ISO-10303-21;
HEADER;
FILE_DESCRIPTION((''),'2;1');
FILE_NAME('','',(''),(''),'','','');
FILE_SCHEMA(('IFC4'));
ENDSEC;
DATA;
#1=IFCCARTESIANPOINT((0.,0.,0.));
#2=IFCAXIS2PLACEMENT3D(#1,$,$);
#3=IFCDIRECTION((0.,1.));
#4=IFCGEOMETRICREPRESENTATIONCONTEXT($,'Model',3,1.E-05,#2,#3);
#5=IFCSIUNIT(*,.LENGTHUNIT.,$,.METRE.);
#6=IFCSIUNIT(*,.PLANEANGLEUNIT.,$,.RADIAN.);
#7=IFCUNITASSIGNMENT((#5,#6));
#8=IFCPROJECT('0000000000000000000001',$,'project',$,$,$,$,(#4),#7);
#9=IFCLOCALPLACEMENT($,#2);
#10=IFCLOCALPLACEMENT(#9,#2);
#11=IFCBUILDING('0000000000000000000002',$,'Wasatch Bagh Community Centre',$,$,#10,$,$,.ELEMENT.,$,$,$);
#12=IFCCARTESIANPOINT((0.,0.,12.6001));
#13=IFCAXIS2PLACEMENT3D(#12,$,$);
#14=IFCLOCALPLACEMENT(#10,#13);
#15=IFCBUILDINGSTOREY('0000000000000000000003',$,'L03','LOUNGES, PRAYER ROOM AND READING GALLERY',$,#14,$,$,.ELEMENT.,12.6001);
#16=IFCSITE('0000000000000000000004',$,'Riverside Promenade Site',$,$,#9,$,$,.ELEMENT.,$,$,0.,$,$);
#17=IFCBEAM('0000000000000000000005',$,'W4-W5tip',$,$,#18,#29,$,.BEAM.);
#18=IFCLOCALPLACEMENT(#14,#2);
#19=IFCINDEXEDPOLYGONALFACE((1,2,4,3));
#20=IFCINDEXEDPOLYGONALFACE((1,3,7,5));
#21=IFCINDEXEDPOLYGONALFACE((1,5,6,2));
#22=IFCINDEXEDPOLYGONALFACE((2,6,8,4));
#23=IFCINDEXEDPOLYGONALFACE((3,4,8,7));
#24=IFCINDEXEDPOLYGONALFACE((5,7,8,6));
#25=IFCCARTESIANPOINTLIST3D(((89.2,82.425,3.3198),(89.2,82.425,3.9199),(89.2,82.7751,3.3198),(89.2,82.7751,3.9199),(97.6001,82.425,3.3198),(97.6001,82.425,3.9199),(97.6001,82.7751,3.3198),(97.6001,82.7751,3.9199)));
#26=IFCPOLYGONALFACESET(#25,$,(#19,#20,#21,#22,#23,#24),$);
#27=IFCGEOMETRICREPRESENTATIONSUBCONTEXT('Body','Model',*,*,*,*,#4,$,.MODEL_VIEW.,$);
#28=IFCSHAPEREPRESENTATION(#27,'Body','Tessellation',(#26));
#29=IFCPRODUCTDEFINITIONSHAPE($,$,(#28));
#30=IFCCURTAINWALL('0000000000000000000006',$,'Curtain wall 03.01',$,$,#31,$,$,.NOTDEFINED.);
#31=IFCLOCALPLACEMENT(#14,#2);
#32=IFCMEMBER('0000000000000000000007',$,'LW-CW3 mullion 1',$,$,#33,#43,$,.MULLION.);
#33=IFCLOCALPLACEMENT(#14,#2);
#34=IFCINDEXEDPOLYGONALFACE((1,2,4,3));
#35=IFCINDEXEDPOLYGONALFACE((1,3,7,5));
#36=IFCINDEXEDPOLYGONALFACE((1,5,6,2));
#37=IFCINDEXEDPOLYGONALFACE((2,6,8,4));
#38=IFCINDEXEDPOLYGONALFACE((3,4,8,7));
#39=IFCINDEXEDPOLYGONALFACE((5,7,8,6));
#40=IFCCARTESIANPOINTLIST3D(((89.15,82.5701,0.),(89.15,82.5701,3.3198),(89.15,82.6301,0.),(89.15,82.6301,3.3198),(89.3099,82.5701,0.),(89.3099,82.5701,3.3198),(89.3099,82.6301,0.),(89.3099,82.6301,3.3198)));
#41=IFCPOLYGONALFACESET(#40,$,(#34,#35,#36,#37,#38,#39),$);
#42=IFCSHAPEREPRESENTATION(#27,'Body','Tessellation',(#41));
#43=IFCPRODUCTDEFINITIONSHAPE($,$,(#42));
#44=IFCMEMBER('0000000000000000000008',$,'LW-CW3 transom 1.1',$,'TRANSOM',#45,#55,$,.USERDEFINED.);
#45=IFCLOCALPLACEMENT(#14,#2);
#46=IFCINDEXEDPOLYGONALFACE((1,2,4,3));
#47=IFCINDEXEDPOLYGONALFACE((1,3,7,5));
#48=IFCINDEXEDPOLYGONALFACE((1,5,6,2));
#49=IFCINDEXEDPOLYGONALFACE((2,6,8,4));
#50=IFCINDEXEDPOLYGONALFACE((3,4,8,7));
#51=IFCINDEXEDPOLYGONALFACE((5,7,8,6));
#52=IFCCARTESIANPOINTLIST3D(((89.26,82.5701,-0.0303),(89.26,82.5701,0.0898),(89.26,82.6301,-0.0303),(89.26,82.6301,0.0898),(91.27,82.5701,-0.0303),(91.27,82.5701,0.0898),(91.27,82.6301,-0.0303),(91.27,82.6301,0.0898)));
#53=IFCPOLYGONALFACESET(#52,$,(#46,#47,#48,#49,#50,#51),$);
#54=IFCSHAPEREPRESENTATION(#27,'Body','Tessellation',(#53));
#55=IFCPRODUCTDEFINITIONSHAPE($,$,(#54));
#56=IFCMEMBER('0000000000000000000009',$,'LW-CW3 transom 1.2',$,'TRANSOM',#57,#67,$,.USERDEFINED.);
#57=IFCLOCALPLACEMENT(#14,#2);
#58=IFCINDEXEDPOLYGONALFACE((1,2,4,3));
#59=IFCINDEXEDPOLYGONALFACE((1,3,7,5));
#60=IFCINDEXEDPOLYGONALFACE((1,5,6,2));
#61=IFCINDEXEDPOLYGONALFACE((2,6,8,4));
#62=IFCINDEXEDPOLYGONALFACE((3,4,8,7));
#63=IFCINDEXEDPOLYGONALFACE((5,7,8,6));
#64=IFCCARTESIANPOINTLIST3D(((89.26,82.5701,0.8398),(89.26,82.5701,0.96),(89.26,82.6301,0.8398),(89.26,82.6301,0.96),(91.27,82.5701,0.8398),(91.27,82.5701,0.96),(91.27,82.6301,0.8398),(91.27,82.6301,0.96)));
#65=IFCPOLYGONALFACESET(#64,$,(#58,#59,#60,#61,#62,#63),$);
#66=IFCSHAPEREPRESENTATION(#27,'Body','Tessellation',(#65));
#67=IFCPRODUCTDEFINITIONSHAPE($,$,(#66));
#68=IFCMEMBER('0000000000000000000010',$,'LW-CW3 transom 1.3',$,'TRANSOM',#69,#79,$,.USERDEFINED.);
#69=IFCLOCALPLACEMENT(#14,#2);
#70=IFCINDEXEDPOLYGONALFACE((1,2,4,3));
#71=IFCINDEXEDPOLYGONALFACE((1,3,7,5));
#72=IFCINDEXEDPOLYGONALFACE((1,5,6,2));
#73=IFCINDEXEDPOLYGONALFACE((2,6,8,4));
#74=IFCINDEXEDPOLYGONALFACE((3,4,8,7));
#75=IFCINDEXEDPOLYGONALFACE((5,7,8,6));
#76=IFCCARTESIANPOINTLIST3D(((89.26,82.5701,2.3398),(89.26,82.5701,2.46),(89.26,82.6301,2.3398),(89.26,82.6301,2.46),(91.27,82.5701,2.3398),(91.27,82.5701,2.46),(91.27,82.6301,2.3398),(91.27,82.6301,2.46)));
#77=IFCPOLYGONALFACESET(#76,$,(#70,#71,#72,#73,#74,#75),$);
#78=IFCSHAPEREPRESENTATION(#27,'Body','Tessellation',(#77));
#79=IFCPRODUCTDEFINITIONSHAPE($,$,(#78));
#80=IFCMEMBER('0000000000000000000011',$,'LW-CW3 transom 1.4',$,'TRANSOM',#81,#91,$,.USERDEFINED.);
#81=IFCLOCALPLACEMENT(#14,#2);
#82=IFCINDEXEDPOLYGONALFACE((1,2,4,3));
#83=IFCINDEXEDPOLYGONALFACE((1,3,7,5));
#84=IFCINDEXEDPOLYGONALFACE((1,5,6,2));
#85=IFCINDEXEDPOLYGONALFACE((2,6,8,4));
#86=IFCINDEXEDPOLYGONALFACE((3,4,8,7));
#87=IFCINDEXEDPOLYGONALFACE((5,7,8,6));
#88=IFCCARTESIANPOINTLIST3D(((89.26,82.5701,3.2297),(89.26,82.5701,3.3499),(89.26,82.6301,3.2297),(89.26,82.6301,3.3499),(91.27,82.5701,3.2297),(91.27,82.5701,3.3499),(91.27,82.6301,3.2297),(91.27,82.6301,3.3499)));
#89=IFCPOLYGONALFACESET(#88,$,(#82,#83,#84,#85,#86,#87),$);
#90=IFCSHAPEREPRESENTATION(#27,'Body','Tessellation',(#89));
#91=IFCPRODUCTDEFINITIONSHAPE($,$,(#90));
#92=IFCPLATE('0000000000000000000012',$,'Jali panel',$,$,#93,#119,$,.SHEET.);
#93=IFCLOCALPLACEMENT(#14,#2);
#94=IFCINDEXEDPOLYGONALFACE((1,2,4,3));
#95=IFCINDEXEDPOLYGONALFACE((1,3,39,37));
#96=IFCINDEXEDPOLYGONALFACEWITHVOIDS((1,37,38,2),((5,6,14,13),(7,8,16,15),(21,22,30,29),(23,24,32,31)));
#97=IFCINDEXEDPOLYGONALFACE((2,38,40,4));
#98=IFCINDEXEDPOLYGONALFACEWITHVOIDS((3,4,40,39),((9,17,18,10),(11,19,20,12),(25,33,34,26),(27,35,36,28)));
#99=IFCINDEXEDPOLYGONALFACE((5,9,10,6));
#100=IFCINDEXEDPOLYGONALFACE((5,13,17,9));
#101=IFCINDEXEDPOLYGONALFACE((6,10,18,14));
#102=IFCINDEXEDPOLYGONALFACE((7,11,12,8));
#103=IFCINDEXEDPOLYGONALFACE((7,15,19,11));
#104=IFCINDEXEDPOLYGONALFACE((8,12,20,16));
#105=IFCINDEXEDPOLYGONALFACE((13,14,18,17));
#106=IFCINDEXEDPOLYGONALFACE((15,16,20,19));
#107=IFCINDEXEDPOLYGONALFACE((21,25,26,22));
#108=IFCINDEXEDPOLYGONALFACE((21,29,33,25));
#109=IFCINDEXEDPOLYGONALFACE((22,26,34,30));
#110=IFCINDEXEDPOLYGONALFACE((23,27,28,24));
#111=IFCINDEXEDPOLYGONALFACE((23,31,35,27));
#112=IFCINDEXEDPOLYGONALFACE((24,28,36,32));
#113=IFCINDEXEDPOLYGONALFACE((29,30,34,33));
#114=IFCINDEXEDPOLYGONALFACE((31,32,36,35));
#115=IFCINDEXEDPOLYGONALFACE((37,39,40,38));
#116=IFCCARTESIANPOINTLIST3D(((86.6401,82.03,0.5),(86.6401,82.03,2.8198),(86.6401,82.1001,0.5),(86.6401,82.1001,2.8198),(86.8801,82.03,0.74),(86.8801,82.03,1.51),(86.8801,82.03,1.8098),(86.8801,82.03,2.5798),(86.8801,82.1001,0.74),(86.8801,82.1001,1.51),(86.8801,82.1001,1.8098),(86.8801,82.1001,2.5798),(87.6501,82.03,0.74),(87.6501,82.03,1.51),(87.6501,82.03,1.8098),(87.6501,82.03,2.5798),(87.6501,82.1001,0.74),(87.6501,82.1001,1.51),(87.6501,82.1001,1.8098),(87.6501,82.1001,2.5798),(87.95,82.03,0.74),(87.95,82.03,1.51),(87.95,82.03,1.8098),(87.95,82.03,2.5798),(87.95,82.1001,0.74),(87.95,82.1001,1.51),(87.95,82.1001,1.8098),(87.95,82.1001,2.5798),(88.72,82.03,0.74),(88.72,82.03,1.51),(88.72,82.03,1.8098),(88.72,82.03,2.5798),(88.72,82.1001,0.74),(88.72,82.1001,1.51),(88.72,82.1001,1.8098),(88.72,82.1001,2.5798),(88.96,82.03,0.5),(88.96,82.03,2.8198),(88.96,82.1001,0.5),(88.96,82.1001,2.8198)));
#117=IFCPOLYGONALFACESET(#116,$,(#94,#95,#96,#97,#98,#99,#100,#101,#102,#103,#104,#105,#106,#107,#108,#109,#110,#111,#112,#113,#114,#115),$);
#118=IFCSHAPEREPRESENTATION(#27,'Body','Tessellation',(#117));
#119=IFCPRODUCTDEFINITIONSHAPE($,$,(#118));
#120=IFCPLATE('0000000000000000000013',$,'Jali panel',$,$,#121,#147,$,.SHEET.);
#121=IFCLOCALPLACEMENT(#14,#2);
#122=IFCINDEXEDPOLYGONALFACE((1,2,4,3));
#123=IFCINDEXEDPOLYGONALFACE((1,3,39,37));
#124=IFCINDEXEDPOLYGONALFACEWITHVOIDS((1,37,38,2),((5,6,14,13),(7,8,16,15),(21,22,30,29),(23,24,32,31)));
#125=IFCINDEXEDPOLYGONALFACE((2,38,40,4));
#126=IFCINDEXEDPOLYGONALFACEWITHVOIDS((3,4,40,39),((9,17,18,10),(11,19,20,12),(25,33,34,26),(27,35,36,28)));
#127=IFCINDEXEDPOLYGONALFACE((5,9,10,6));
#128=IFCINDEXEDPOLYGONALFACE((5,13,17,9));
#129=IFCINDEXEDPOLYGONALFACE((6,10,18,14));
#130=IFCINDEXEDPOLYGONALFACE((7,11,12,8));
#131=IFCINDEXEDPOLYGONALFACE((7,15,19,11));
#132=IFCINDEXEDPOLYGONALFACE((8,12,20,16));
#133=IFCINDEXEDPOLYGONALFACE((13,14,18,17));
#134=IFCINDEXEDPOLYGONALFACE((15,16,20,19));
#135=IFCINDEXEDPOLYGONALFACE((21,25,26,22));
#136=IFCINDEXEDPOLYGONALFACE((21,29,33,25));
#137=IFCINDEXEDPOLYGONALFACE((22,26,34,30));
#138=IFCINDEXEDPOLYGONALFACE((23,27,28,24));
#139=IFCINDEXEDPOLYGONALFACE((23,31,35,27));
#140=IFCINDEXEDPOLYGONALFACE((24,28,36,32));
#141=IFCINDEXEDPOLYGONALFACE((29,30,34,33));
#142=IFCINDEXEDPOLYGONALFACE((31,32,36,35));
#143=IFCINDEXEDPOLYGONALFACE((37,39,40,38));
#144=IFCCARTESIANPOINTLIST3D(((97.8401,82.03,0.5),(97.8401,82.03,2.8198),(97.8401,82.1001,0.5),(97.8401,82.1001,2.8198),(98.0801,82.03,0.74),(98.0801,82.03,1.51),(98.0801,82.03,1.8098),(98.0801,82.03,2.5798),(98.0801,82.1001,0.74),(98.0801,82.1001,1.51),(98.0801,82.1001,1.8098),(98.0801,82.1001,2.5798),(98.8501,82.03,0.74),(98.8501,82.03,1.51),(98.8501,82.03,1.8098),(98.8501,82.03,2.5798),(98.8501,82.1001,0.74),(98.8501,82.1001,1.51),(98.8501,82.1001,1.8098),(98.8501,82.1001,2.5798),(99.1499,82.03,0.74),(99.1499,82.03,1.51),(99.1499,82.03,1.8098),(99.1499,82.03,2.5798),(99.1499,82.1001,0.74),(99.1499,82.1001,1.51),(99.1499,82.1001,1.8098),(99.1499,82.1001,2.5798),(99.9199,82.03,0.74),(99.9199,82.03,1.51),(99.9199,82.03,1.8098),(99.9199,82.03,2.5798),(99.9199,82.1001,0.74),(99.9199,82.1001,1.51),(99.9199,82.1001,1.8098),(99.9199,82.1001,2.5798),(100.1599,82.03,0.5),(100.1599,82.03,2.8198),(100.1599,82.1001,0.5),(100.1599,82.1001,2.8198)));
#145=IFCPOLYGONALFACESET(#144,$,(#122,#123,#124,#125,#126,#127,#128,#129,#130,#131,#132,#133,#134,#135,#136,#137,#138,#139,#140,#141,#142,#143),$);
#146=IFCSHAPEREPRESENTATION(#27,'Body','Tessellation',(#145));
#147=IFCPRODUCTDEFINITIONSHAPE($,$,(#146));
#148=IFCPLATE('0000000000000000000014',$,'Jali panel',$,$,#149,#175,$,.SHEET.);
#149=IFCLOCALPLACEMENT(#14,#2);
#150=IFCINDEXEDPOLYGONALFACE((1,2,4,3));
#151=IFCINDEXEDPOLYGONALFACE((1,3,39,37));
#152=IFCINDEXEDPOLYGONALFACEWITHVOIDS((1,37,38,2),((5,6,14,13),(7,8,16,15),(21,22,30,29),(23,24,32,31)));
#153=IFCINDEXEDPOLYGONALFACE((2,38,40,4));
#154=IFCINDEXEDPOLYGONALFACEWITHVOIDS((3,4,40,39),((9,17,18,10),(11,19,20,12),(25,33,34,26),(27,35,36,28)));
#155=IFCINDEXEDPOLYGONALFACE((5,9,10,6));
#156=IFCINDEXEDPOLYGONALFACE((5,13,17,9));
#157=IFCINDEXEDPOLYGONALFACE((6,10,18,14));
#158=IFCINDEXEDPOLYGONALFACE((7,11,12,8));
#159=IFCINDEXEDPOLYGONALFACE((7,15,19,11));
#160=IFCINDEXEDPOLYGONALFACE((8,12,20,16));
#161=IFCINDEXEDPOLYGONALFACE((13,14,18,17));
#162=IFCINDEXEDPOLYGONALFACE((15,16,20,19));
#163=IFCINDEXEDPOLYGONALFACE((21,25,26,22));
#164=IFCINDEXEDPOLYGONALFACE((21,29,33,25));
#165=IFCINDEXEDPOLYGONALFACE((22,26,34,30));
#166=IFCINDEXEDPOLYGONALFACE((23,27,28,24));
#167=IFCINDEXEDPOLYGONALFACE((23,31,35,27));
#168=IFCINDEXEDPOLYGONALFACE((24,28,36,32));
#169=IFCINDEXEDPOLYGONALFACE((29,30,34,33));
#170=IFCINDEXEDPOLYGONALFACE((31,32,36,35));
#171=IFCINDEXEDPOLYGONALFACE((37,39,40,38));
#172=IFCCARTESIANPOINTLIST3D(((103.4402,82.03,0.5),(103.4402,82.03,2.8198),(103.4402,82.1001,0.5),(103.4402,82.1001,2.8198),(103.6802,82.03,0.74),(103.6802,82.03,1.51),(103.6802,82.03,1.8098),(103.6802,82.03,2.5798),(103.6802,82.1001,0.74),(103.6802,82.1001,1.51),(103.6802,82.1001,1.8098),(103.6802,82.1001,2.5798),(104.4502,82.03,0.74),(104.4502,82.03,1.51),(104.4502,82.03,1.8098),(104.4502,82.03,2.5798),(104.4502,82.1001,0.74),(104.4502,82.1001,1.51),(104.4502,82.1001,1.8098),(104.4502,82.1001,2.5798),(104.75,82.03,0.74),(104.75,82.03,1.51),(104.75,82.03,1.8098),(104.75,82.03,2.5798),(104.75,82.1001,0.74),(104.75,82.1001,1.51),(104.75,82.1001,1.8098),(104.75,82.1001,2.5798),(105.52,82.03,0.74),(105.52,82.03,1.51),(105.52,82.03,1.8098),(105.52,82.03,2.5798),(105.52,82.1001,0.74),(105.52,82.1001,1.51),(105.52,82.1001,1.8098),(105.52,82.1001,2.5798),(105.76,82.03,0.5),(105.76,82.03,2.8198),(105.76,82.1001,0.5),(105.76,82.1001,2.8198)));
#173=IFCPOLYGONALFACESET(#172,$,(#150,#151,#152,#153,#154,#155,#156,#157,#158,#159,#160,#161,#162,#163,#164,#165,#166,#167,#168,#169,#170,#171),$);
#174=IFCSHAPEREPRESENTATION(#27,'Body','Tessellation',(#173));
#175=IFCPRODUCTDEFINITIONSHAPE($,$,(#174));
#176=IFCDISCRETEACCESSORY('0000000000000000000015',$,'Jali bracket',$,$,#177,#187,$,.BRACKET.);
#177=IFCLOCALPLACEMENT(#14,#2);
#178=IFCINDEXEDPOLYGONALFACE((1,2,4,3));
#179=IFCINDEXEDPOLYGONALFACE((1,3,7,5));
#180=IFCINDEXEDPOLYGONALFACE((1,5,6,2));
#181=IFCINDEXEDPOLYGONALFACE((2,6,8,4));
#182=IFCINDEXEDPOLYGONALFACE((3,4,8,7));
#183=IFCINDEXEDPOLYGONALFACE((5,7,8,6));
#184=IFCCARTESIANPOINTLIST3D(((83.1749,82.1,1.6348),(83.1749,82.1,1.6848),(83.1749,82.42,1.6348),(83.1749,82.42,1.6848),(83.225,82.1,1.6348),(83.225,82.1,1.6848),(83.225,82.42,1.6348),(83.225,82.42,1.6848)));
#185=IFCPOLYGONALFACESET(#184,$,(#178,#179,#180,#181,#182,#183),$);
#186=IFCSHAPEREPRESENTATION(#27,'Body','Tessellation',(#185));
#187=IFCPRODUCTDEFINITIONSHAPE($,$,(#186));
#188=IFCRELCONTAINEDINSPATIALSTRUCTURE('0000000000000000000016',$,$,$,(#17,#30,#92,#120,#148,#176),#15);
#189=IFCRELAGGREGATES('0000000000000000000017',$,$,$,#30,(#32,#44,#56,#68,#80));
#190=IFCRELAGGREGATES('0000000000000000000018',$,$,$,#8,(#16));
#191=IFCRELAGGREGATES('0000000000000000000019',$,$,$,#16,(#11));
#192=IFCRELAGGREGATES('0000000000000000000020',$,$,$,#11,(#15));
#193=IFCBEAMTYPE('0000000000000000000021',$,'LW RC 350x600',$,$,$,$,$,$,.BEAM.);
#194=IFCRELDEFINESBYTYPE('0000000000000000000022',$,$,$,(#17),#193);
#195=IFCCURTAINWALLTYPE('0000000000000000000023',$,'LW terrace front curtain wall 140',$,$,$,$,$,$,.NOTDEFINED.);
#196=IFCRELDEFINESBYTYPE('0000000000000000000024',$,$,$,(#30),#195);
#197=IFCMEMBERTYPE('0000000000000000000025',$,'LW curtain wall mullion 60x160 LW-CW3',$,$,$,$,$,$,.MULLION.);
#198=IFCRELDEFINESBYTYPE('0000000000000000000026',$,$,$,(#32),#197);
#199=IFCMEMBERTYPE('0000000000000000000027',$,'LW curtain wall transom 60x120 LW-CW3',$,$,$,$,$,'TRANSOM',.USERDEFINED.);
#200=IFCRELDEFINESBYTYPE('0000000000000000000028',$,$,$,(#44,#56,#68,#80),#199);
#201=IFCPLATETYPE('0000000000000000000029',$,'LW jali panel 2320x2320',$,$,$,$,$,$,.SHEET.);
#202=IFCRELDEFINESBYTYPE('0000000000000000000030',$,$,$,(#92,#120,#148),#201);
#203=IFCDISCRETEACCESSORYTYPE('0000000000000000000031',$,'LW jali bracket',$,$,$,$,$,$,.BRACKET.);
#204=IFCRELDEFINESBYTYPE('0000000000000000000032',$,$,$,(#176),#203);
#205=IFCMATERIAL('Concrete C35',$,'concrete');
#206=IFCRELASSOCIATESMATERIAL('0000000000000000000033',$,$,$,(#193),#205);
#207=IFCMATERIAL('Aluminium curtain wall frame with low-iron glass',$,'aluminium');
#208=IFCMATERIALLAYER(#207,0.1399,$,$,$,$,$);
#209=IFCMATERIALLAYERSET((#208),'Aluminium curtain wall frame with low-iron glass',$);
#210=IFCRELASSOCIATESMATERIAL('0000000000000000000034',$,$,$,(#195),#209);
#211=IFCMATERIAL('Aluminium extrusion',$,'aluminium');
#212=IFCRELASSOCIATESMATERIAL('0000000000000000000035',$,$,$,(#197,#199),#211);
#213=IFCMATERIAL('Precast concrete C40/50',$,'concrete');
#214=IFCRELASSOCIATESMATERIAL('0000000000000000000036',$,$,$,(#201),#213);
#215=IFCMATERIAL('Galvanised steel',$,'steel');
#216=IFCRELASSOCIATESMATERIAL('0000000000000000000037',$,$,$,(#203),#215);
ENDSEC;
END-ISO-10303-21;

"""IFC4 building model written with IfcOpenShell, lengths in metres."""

from ifc_helpers import new_model, si_unit, direction, frame, origin, origin_2d, place, context, subcontext, project, spatial, polyline, rectangle, outline, extrude, material, layer, layer_set, material_profile, profile_set, type_object, element, aggregate, save


model = new_model("IFC4")

# Units and contexts
model_context = context("Model", 3, precision=1e-05, world=origin(), true_north=direction((0.0, 1.0)))
body_context = subcontext(model_context, "Body", "Model", "MODEL_VIEW")
ifc_project = project(units=[si_unit("LENGTHUNIT", "METRE"), si_unit("PLANEANGLEUNIT", "RADIAN")], contexts=[model_context])

# Site, building, storey
site_placement = place(None, origin())
site = spatial("IfcSite", under=ifc_project, at=site_placement, Name="Riverside Promenade Site", CompositionType="ELEMENT", RefElevation=0.0)
building_placement = place(site_placement, origin())
building = spatial("IfcBuilding", under=site, at=building_placement, Name="Wasatch Bagh Community Centre", CompositionType="ELEMENT")
storey_placement = place(building_placement, frame((0.0, 0.0, 12.6001)))
storey = spatial("IfcBuildingStorey", under=building, at=storey_placement, Name="L03", Description="LOUNGES, PRAYER ROOM AND READING GALLERY", CompositionType="ELEMENT", Elevation=12.6001)

# Beam
ifc_material_1 = material(Name="Concrete C35", Category="concrete")
ifc_material_profile_1 = material_profile(ifc_material_1, rectangle(XDim=0.3501, YDim=0.6001, at=origin_2d()), Name="RC 350x600")
ifc_profile_set_1 = profile_set([ifc_material_profile_1], Name="Concrete C35")
beam_type = type_object("IfcBeamType", Name="LW RC 350x600", PredefinedType="BEAM", material=ifc_profile_set_1)
beam_placement = place(storey_placement, frame((89.2, 82.6001, 3.6199), z_axis=(1.0, 0.0, 0.0), x_axis=(0.0, 1.0, 0.0)))
element("IfcBeam", 1, at=beam_placement, inside=storey, type_object=beam_type, Name="W4-W5tip", PredefinedType="BEAM", context=body_context, shape_type="SweptSolid", body=[
    extrude(rectangle(XDim=0.3501, YDim=0.6001, at=origin_2d()), origin(), (0.0, 0.0, 1.0), 8.4001),
])

# Curtain wall, members
ifc_material_2 = material(Name="Aluminium curtain wall frame with low-iron glass", Category="aluminium")
ifc_layer = layer(ifc_material_2, 0.1399)
ifc_layer_set = layer_set([ifc_layer], Name="Aluminium curtain wall frame with low-iron glass")
curtain_wall_type = type_object("IfcCurtainWallType", Name="LW terrace front curtain wall 140", PredefinedType="NOTDEFINED", material=ifc_layer_set)
curtain_wall_placement = place(storey_placement, origin())
curtain_wall = element("IfcCurtainWall", 2, at=curtain_wall_placement, inside=storey, type_object=curtain_wall_type, Name="Curtain wall 03.01", PredefinedType="NOTDEFINED")
ifc_material_3 = material(Name="Aluminium extrusion", Category="aluminium")
ifc_material_profile_2 = material_profile(ifc_material_3, rectangle(XDim=0.0601, YDim=0.1599, at=origin_2d()), Name="AL 60x160")
ifc_profile_set_2 = profile_set([ifc_material_profile_2], Name="Aluminium extrusion")
member_type_1 = type_object("IfcMemberType", Name="LW curtain wall mullion 60x160 LW-CW3", PredefinedType="MULLION", material=ifc_profile_set_2)
member_1_placement = place(storey_placement, frame((89.23, 82.6001, 0.0), z_axis=(0.0, 0.0, 1.0), x_axis=(0.0, 1.0, 0.0)))
member_1 = element("IfcMember", 3, at=member_1_placement, type_object=member_type_1, Name="LW-CW3 mullion 1", PredefinedType="MULLION", context=body_context, shape_type="SweptSolid", body=[
    extrude(rectangle(XDim=0.0601, YDim=0.1599, at=origin_2d()), origin(), (0.0, 0.0, 1.0), 3.3198),
])
ifc_material_profile_3 = material_profile(ifc_material_3, rectangle(XDim=0.0601, YDim=0.1201, at=origin_2d()), Name="AL 60x120")
ifc_profile_set_3 = profile_set([ifc_material_profile_3], Name="Aluminium extrusion")
member_type_2 = type_object("IfcMemberType", Name="LW curtain wall transom 60x120 LW-CW3", ElementType="TRANSOM", PredefinedType="USERDEFINED", material=ifc_profile_set_3)
member_2_placement = place(storey_placement, frame((89.26, 82.6001, 0.0298), z_axis=(1.0, 0.0, 0.0), x_axis=(0.0, 1.0, 0.0)))
member_2 = element("IfcMember", 4, at=member_2_placement, type_object=member_type_2, Name="LW-CW3 transom 1.1", ObjectType="TRANSOM", PredefinedType="USERDEFINED", context=body_context, shape_type="SweptSolid", body=[
    extrude(rectangle(XDim=0.0601, YDim=0.1201, at=origin_2d()), origin(), (0.0, 0.0, 1.0), 2.01),
])
member_3_placement = place(storey_placement, frame((89.26, 82.6001, 0.8999), z_axis=(1.0, 0.0, 0.0), x_axis=(0.0, 1.0, 0.0)))
member_3 = element("IfcMember", 5, at=member_3_placement, type_object=member_type_2, Name="LW-CW3 transom 1.2", ObjectType="TRANSOM", PredefinedType="USERDEFINED", context=body_context, shape_type="SweptSolid", body=[
    extrude(rectangle(XDim=0.0601, YDim=0.1201, at=origin_2d()), origin(), (0.0, 0.0, 1.0), 2.01),
])
member_4_placement = place(storey_placement, frame((89.26, 82.6001, 2.3999), z_axis=(1.0, 0.0, 0.0), x_axis=(0.0, 1.0, 0.0)))
member_4 = element("IfcMember", 6, at=member_4_placement, type_object=member_type_2, Name="LW-CW3 transom 1.3", ObjectType="TRANSOM", PredefinedType="USERDEFINED", context=body_context, shape_type="SweptSolid", body=[
    extrude(rectangle(XDim=0.0601, YDim=0.1201, at=origin_2d()), origin(), (0.0, 0.0, 1.0), 2.01),
])
member_5_placement = place(storey_placement, frame((89.26, 82.6001, 3.2898), z_axis=(1.0, 0.0, 0.0), x_axis=(0.0, 1.0, 0.0)))
member_5 = element("IfcMember", 7, at=member_5_placement, type_object=member_type_2, Name="LW-CW3 transom 1.4", ObjectType="TRANSOM", PredefinedType="USERDEFINED", context=body_context, shape_type="SweptSolid", body=[
    extrude(rectangle(XDim=0.0601, YDim=0.1201, at=origin_2d()), origin(), (0.0, 0.0, 1.0), 2.01),
])
aggregate(curtain_wall, [member_1, member_2, member_3, member_4, member_5])

# Plates
ifc_material_4 = material(Name="Precast concrete C40/50", Category="concrete")
ifc_material_profile_4 = material_profile(ifc_material_4, outline(polyline([(-1.1599, -1.1599), (1.1599, -1.1599), (1.1599, 1.1599), (-1.1599, 1.1599), (-1.1599, -1.1599)]), holes=[polyline([(-0.9199, -0.9199), (-0.1499, -0.9199), (-0.1499, -0.1499), (-0.9199, -0.1499), (-0.9199, -0.9199)]), polyline([(-0.9199, 0.1499), (-0.1499, 0.1499), (-0.1499, 0.9199), (-0.9199, 0.9199), (-0.9199, 0.1499)]), polyline([(0.1499, -0.9199), (0.9199, -0.9199), (0.9199, -0.1499), (0.1499, -0.1499), (0.1499, -0.9199)]), polyline([(0.1499, 0.1499), (0.9199, 0.1499), (0.9199, 0.9199), (0.1499, 0.9199), (0.1499, 0.1499)])]), Name="Jali lattice")
ifc_profile_set_4 = profile_set([ifc_material_profile_4], Name="Precast concrete C40/50")
plate_type = type_object("IfcPlateType", Name="LW jali panel 2320x2320", PredefinedType="SHEET", material=ifc_profile_set_4)
for number, where, z_axis, x_axis, name in (
    (8, (87.8, 82.1001, 1.6599), (0.0, -1.0, 0.0), (1.0, 0.0, 0.0), "Jali panel"),
    (9, (99.0, 82.1001, 1.6599), (0.0, -1.0, 0.0), (1.0, 0.0, 0.0), "Jali panel"),
    (10, (104.6001, 82.1001, 1.6599), (0.0, -1.0, 0.0), (1.0, 0.0, 0.0), "Jali panel"),
):
    element("IfcPlate", number, at=place(storey_placement, frame(where, z_axis=z_axis, x_axis=x_axis)), inside=storey, type_object=plate_type, Name=name, PredefinedType="SHEET", context=body_context, shape_type="SweptSolid", body=[
        extrude(outline(polyline([(-1.1599, -1.1599), (1.1599, -1.1599), (1.1599, 1.1599), (-1.1599, 1.1599), (-1.1599, -1.1599)]), holes=[polyline([(-0.9199, -0.9199), (-0.1499, -0.9199), (-0.1499, -0.1499), (-0.9199, -0.1499), (-0.9199, -0.9199)]), polyline([(-0.9199, 0.1499), (-0.1499, 0.1499), (-0.1499, 0.9199), (-0.9199, 0.9199), (-0.9199, 0.1499)]), polyline([(0.1499, -0.9199), (0.9199, -0.9199), (0.9199, -0.1499), (0.1499, -0.1499), (0.1499, -0.9199)]), polyline([(0.1499, 0.1499), (0.9199, 0.1499), (0.9199, 0.9199), (0.1499, 0.9199), (0.1499, 0.1499)])]), origin(), (0.0, 0.0, 1.0), 0.0701),
    ])

# Discrete accessory
ifc_material_5 = material(Name="Galvanised steel", Category="steel")
discrete_accessory_type = type_object("IfcDiscreteAccessoryType", Name="LW jali bracket", PredefinedType="BRACKET", material=ifc_material_5)
for number, where, z_axis, x_axis, name in (
    (11, (83.2, 82.26, 1.6348), (0.0, 0.0, 1.0), (1.0, 0.0, 0.0), "Jali bracket"),
):
    element("IfcDiscreteAccessory", number, at=place(storey_placement, frame(where, z_axis=z_axis, x_axis=x_axis)), inside=storey, type_object=discrete_accessory_type, Name=name, PredefinedType="BRACKET", context=body_context, shape_type="SweptSolid", body=[
        extrude(rectangle(XDim=0.05, YDim=0.3201, at=origin_2d()), origin(), (0.0, 0.0, 1.0), 0.05),
    ])

save(model, "model.ifc")
